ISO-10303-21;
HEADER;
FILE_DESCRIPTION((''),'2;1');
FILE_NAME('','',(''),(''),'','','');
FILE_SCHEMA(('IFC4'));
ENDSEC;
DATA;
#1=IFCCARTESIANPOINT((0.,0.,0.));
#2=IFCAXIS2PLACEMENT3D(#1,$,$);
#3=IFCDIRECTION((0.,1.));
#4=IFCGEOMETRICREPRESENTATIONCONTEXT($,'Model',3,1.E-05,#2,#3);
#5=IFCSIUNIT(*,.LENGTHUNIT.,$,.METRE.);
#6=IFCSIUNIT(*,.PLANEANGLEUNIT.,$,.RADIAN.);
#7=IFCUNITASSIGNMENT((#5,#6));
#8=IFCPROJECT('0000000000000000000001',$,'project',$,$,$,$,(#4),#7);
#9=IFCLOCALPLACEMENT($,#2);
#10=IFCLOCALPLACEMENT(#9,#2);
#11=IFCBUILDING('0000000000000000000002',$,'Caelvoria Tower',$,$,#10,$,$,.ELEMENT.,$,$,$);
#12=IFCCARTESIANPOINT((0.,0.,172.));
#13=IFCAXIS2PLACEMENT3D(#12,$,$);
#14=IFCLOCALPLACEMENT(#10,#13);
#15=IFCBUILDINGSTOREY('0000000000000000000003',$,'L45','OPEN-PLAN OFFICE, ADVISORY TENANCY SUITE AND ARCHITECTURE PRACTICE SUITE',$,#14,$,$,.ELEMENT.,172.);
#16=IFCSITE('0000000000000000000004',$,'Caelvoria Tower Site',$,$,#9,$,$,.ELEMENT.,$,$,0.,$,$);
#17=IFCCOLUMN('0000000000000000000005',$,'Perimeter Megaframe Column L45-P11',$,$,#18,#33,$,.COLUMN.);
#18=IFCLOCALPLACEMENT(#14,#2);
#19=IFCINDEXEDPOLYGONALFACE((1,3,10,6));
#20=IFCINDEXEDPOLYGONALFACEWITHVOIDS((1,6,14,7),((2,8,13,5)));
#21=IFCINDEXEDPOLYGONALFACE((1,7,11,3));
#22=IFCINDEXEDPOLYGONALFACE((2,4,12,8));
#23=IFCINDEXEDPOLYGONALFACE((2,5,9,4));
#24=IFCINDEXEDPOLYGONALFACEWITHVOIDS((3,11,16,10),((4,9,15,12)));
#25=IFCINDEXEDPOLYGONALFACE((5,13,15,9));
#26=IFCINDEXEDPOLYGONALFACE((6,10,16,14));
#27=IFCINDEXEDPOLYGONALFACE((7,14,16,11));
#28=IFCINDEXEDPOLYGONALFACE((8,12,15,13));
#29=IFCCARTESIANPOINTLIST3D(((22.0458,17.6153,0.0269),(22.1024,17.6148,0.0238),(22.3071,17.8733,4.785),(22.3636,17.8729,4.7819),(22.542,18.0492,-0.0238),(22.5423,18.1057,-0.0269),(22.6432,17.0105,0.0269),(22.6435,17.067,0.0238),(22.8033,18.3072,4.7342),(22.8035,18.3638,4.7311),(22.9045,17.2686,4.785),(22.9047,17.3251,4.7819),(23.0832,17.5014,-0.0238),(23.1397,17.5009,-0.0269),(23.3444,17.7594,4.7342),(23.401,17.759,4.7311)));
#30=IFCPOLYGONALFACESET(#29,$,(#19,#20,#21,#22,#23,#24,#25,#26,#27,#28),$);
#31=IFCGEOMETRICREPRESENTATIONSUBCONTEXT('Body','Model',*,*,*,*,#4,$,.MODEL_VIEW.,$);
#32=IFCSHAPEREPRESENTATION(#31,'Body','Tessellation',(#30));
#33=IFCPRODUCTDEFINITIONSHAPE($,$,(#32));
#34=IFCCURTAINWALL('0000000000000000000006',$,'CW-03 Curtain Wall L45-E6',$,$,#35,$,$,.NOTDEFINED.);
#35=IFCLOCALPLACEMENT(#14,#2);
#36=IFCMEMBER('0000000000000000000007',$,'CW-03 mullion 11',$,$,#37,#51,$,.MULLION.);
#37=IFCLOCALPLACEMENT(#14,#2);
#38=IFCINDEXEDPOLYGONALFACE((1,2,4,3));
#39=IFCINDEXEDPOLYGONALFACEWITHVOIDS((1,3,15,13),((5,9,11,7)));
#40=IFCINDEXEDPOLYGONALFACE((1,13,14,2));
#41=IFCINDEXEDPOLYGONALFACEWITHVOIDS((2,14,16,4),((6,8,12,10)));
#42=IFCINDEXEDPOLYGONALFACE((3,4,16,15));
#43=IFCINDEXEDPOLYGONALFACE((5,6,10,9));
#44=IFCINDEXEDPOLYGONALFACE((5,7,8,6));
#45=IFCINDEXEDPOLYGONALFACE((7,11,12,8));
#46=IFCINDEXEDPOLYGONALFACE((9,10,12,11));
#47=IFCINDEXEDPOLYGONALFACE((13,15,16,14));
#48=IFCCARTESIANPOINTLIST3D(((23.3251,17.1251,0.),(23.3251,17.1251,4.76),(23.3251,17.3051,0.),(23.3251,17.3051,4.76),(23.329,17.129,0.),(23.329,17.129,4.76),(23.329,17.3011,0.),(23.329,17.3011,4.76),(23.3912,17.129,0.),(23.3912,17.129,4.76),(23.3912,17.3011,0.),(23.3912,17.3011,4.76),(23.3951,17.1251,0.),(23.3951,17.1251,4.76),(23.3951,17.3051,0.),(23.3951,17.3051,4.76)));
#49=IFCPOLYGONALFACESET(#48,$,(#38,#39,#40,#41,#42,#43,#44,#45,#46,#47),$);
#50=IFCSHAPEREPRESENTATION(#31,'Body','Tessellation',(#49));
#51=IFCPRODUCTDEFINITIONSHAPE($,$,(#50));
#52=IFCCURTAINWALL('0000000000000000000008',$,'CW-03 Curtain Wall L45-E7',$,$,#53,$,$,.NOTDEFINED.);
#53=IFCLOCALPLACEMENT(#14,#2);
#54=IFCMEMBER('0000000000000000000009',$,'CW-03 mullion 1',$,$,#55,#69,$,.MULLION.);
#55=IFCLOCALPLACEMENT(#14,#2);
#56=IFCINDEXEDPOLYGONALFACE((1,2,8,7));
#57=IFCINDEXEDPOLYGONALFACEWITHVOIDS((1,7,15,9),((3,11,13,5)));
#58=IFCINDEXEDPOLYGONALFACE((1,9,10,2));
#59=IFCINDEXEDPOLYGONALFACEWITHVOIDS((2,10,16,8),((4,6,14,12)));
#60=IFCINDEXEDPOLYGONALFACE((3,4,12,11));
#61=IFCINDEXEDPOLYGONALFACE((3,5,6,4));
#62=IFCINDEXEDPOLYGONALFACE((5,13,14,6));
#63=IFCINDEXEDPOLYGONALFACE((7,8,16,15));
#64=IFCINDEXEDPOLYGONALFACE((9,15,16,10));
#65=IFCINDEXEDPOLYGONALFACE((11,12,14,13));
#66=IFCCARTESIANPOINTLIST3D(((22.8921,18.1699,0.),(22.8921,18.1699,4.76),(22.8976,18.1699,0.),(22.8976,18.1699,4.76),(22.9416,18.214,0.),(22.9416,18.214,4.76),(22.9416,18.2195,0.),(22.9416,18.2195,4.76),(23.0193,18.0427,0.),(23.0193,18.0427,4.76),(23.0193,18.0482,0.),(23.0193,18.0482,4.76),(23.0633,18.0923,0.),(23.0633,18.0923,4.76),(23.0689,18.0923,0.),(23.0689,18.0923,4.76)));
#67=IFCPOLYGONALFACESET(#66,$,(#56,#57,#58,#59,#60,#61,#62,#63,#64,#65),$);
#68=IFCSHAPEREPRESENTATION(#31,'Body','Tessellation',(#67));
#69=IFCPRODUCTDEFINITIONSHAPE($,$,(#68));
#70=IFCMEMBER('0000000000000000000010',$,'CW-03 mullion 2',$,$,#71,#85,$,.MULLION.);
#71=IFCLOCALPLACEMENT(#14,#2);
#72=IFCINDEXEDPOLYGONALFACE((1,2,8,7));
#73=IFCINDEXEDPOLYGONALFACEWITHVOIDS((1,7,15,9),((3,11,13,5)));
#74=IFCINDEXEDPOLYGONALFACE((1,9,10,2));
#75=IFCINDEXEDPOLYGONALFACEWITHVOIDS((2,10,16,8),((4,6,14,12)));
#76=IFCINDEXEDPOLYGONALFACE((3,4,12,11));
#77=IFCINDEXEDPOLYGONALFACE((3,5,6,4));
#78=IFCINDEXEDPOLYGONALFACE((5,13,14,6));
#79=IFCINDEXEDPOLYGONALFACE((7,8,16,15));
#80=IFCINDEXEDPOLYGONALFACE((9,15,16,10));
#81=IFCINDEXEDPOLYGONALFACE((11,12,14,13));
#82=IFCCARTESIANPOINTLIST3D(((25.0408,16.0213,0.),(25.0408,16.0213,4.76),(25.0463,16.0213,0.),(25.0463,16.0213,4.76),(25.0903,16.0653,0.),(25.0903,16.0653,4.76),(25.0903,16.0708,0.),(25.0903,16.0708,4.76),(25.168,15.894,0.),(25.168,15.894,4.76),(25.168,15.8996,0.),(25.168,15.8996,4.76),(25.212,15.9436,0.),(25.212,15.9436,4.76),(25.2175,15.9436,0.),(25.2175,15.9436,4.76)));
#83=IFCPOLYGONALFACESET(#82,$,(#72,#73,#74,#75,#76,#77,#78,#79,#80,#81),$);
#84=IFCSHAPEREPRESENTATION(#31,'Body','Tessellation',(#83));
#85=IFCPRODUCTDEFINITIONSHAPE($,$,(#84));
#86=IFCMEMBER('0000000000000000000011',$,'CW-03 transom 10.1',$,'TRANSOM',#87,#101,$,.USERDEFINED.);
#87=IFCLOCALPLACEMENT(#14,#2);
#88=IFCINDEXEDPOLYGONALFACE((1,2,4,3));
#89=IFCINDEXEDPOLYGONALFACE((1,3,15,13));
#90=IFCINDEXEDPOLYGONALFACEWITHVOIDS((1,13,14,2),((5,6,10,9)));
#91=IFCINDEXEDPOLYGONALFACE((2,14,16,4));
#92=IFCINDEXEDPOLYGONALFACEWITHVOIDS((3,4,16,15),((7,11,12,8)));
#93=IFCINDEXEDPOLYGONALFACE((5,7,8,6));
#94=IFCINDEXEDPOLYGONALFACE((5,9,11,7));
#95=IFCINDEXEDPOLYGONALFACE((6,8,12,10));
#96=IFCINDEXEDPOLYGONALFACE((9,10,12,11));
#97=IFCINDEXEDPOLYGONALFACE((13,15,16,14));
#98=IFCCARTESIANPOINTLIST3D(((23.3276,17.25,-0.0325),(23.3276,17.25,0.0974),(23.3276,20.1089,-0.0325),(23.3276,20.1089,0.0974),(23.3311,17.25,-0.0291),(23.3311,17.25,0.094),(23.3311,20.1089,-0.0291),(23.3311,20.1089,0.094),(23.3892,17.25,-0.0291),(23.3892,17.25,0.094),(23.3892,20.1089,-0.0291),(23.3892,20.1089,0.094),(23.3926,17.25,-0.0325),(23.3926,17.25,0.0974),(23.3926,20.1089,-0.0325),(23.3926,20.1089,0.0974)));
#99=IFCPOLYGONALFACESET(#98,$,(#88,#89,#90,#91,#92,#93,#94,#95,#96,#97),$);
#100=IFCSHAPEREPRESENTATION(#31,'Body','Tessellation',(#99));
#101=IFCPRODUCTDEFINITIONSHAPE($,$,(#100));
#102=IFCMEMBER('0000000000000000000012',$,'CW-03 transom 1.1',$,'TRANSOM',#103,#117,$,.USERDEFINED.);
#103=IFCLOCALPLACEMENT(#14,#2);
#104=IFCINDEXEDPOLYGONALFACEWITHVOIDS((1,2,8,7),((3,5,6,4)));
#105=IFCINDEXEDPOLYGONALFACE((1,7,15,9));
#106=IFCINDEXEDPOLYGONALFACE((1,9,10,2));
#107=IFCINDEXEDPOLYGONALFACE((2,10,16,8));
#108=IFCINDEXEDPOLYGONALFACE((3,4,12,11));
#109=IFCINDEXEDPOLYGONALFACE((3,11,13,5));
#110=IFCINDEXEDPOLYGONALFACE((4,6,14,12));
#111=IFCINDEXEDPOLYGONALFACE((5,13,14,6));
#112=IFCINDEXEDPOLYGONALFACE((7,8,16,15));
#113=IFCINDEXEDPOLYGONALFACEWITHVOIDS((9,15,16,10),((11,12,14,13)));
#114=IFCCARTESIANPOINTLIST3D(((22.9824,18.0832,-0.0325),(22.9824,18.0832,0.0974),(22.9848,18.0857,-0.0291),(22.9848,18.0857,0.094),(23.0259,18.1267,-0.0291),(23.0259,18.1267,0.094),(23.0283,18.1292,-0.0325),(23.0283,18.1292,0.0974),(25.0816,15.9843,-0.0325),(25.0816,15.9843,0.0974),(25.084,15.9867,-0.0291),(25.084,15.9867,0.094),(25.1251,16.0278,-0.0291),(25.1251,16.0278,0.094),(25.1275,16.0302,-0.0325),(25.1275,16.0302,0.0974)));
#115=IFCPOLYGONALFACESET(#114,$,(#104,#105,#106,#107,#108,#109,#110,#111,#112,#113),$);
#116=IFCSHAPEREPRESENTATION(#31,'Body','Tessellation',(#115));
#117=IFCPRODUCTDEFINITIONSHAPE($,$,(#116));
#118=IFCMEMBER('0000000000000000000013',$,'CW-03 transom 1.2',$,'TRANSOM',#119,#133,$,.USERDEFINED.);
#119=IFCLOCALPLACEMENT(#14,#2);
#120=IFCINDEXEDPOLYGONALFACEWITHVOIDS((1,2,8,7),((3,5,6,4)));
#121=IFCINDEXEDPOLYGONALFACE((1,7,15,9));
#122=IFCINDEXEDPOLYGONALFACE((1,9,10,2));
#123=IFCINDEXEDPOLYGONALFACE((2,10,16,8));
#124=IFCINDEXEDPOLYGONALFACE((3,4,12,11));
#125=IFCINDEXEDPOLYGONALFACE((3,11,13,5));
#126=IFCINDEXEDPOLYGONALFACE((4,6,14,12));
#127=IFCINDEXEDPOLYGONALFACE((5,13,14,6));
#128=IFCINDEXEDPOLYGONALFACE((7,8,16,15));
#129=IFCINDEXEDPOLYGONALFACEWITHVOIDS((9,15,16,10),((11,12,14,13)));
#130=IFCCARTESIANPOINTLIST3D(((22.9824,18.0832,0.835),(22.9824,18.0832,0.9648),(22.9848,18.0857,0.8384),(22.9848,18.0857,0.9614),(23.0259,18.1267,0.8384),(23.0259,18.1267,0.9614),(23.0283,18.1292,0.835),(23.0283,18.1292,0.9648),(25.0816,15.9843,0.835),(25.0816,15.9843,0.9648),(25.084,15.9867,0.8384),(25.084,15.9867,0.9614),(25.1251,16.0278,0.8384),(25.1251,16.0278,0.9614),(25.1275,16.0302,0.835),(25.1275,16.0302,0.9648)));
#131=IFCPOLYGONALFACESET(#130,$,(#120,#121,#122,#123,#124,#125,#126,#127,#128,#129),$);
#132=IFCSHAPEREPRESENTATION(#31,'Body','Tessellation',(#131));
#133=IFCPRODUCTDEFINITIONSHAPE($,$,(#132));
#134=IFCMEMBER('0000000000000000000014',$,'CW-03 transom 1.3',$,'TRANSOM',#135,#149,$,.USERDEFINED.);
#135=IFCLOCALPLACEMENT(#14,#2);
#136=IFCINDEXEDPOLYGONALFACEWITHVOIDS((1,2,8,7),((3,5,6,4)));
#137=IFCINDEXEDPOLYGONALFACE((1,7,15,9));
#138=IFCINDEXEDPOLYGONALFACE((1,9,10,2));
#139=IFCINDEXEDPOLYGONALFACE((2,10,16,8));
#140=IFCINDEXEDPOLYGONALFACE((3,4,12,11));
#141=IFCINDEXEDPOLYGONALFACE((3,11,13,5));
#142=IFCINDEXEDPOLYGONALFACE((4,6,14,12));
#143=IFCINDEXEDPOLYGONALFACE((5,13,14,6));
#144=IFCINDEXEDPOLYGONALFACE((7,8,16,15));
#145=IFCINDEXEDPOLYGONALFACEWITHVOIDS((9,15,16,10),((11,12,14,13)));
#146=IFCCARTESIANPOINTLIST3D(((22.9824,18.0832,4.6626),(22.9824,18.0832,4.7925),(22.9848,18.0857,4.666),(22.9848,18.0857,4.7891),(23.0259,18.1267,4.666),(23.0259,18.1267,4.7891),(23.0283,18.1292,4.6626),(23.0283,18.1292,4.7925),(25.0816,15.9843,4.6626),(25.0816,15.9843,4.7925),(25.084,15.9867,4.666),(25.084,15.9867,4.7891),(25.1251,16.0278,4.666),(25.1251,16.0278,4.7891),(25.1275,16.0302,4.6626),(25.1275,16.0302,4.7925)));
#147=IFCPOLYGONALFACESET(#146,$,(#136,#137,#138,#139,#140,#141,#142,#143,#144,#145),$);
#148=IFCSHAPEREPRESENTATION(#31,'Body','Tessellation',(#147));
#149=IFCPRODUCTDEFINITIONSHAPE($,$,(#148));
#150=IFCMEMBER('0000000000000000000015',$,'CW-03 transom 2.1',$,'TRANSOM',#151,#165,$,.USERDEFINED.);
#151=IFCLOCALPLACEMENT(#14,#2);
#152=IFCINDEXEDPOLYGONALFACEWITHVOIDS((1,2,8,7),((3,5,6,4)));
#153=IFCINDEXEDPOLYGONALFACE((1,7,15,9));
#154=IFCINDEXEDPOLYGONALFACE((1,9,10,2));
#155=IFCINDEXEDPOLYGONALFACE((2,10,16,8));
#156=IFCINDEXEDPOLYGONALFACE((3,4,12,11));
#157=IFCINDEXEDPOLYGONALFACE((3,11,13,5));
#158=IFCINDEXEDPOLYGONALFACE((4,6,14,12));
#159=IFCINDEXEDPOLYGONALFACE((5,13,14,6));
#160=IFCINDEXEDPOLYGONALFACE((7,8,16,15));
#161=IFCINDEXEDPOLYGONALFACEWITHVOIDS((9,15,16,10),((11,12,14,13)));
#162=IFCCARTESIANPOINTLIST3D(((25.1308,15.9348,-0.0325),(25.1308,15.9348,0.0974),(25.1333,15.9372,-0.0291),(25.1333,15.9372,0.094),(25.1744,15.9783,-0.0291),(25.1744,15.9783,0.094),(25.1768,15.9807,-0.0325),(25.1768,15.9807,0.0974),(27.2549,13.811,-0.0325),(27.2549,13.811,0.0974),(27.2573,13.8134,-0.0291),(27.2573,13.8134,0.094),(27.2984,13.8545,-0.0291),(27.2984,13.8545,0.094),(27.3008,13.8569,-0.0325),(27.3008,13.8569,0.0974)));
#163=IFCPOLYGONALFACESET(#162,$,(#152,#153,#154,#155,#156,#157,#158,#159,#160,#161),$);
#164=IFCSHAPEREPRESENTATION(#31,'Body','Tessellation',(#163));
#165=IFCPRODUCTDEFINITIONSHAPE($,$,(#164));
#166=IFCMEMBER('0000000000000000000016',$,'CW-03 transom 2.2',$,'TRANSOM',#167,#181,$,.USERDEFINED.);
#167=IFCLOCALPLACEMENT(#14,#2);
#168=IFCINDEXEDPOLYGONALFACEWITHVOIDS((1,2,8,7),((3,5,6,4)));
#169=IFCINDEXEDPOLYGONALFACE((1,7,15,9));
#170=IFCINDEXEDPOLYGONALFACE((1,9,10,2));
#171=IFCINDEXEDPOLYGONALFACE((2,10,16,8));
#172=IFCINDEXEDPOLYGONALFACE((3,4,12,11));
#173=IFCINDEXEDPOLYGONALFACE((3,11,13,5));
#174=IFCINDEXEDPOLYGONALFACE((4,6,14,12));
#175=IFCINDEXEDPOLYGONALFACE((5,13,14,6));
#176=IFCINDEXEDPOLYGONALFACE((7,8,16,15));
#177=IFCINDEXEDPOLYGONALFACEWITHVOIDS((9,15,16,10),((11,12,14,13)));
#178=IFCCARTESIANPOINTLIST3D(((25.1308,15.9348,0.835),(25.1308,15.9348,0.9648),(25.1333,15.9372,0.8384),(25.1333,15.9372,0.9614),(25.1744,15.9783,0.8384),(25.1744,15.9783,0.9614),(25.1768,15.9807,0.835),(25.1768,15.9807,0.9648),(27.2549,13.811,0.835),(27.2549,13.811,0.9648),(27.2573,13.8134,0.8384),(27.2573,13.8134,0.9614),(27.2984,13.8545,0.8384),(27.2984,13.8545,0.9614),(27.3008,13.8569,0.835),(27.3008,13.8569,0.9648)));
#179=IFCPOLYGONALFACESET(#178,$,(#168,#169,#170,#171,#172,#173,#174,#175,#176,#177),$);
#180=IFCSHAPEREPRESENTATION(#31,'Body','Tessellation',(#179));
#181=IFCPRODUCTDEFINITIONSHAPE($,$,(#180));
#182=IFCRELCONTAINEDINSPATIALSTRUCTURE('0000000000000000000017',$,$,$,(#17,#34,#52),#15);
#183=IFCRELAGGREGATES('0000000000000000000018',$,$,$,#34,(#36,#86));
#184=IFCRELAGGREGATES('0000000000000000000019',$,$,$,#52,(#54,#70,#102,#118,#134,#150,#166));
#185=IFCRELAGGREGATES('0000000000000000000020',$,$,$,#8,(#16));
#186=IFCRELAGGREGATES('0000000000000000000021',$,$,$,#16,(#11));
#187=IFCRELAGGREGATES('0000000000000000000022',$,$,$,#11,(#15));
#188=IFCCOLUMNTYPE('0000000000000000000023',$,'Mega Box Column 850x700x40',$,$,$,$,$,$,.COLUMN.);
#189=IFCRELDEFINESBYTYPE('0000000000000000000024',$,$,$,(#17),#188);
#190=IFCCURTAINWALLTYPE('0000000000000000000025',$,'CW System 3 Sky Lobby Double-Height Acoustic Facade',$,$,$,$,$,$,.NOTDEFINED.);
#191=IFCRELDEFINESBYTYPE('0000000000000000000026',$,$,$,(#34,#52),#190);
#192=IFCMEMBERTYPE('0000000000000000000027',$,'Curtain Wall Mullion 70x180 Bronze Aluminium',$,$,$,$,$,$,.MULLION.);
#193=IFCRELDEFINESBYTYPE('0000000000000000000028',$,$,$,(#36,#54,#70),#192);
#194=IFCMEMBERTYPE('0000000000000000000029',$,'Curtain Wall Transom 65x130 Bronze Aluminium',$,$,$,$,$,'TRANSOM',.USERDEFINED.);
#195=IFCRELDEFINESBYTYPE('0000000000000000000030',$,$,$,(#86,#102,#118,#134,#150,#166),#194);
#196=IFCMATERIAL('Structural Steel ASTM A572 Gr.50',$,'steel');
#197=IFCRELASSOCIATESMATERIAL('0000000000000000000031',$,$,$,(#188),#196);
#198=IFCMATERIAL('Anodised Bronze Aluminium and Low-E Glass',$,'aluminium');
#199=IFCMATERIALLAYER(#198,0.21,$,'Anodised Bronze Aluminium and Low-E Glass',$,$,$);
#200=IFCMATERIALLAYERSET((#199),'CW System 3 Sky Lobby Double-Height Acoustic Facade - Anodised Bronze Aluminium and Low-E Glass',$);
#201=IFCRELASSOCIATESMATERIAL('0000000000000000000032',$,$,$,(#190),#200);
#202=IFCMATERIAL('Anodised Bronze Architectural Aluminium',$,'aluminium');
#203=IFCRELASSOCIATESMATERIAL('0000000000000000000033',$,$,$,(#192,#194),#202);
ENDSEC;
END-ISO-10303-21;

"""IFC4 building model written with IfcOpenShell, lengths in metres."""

from ifc_helpers import new_model, si_unit, direction, frame, origin, origin_2d, place, context, subcontext, project, spatial, hollow_rectangle, extrude, material, layer, layer_set, material_profile, profile_set, type_object, element, aggregate, save


model = new_model("IFC4")

# Units and contexts
model_context = context("Model", 3, precision=1e-05, world=origin(), true_north=direction((0.0, 1.0)))
body_context = subcontext(model_context, "Body", "Model", "MODEL_VIEW")
ifc_project = project(units=[si_unit("LENGTHUNIT", "METRE"), si_unit("PLANEANGLEUNIT", "RADIAN")], contexts=[model_context])

# Site, building, storey
site_placement = place(None, origin())
site = spatial("IfcSite", under=ifc_project, at=site_placement, Name="Caelvoria Tower Site", CompositionType="ELEMENT", RefElevation=0.0)
building_placement = place(site_placement, origin())
building = spatial("IfcBuilding", under=site, at=building_placement, Name="Caelvoria Tower", CompositionType="ELEMENT")
storey_placement = place(building_placement, frame((0.0, 0.0, 172.0)))
storey = spatial("IfcBuildingStorey", under=building, at=storey_placement, Name="L45", Description="OPEN-PLAN OFFICE, ADVISORY TENANCY SUITE AND ARCHITECTURE PRACTICE SUITE", CompositionType="ELEMENT", Elevation=172.0)

# Column
ifc_material_1 = material(Name="Structural Steel ASTM A572 Gr.50", Category="steel")
ifc_material_profile_1 = material_profile(ifc_material_1, hollow_rectangle(XDim=0.7, YDim=0.8501, WallThickness=0.04, at=origin_2d()), Name="Structural Steel ASTM A572 Gr.50")
ifc_profile_set_1 = profile_set([ifc_material_profile_1], Name="BOX850X700X40 - Structural Steel ASTM A572 Gr.50")
column_type = type_object("IfcColumnType", Name="Mega Box Column 850x700x40", PredefinedType="COLUMN", material=ifc_profile_set_1)
column_placement = place(storey_placement, frame((22.5928, 17.5581, 0.0), z_axis=(0.05474, 0.054075, 0.997035), x_axis=(-0.709306, -0.700688, 0.076945)))
element("IfcColumn", 1, at=column_placement, inside=storey, type_object=column_type, Name="Perimeter Megaframe Column L45-P11", PredefinedType="COLUMN", context=body_context, shape_type="SweptSolid", body=[
    extrude(hollow_rectangle(XDim=0.7, YDim=0.8501, WallThickness=0.04, at=origin_2d()), origin(), (0.0, 0.0, 1.0), 4.7722),
])

# Curtain wall, member
ifc_material_2 = material(Name="Anodised Bronze Aluminium and Low-E Glass", Category="aluminium")
ifc_layer_1 = layer(ifc_material_2, 0.21, Name="Anodised Bronze Aluminium and Low-E Glass")
ifc_layer_set_1 = layer_set([ifc_layer_1], Name="CW System 3 Sky Lobby Double-Height Acoustic Facade - Anodised Bronze Aluminium and Low-E Glass")
curtain_wall_type = type_object("IfcCurtainWallType", Name="CW System 3 Sky Lobby Double-Height Acoustic Facade", PredefinedType="NOTDEFINED", material=ifc_layer_set_1)
curtain_wall_1_placement = place(storey_placement, origin())
curtain_wall_1 = element("IfcCurtainWall", 2, at=curtain_wall_1_placement, inside=storey, type_object=curtain_wall_type, Name="CW-03 Curtain Wall L45-E6", PredefinedType="NOTDEFINED")
ifc_material_3 = material(Name="Anodised Bronze Architectural Aluminium", Category="aluminium")
ifc_material_profile_2 = material_profile(ifc_material_3, hollow_rectangle(XDim=0.0701, YDim=0.1799, WallThickness=0.0039, at=origin_2d()), Name="Anodised Bronze Architectural Aluminium")
ifc_profile_set_2 = profile_set([ifc_material_profile_2], Name="CW_MULL_70X180 - Anodised Bronze Architectural Aluminium")
member_type_1 = type_object("IfcMemberType", Name="Curtain Wall Mullion 70x180 Bronze Aluminium", PredefinedType="MULLION", material=ifc_profile_set_2)
member_1_placement = place(storey_placement, frame((23.3601, 17.2151, 0.0), z_axis=(0.0, 0.0, 1.0), x_axis=(1.0, 0.0, 0.0)))
member_1 = element("IfcMember", 3, at=member_1_placement, type_object=member_type_1, Name="CW-03 mullion 11", PredefinedType="MULLION", context=body_context, shape_type="SweptSolid", body=[
    extrude(hollow_rectangle(XDim=0.0701, YDim=0.1799, WallThickness=0.0039, at=origin_2d()), origin(), (0.0, 0.0, 1.0), 4.76),
])

# Curtain wall, members
curtain_wall_2_placement = place(storey_placement, origin())
curtain_wall_2 = element("IfcCurtainWall", 4, at=curtain_wall_2_placement, inside=storey, type_object=curtain_wall_type, Name="CW-03 Curtain Wall L45-E7", PredefinedType="NOTDEFINED")
member_2_placement = place(storey_placement, frame((22.9805, 18.1311, 0.0), z_axis=(0.0, 0.0, 1.0), x_axis=(0.707107, 0.707107, 0.0)))
member_2 = element("IfcMember", 5, at=member_2_placement, type_object=member_type_1, Name="CW-03 mullion 1", PredefinedType="MULLION", context=body_context, shape_type="SweptSolid", body=[
    extrude(hollow_rectangle(XDim=0.0701, YDim=0.1799, WallThickness=0.0039, at=origin_2d()), origin(), (0.0, 0.0, 1.0), 4.76),
])
member_3_placement = place(storey_placement, frame((25.1292, 15.9824, 0.0), z_axis=(0.0, 0.0, 1.0), x_axis=(0.707107, 0.707107, 0.0)))
member_3 = element("IfcMember", 6, at=member_3_placement, type_object=member_type_1, Name="CW-03 mullion 2", PredefinedType="MULLION", context=body_context, shape_type="SweptSolid", body=[
    extrude(hollow_rectangle(XDim=0.0701, YDim=0.1799, WallThickness=0.0039, at=origin_2d()), origin(), (0.0, 0.0, 1.0), 4.76),
])

# Members
ifc_material_profile_3 = material_profile(ifc_material_3, hollow_rectangle(XDim=0.0649, YDim=0.1299, WallThickness=0.0034, at=origin_2d()), Name="Anodised Bronze Architectural Aluminium")
ifc_profile_set_3 = profile_set([ifc_material_profile_3], Name="CW_TRAN_65X130 - Anodised Bronze Architectural Aluminium")
member_type_2 = type_object("IfcMemberType", Name="Curtain Wall Transom 65x130 Bronze Aluminium", ElementType="TRANSOM", PredefinedType="USERDEFINED", material=ifc_profile_set_3)
member_4_placement = place(storey_placement, frame((23.3601, 20.1089, 0.0325), z_axis=(0.0, -1.0, 0.0), x_axis=(1.0, 0.0, 0.0)))
member_4 = element("IfcMember", 7, at=member_4_placement, type_object=member_type_2, Name="CW-03 transom 10.1", ObjectType="TRANSOM", PredefinedType="USERDEFINED", context=body_context, shape_type="SweptSolid", body=[
    extrude(hollow_rectangle(XDim=0.0649, YDim=0.1299, WallThickness=0.0034, at=origin_2d()), origin(), (0.0, 0.0, 1.0), 2.8589),
])
member_5_placement = place(storey_placement, frame((23.0054, 18.1062, 0.0325), z_axis=(0.707148, -0.707066, 0.0), x_axis=(0.707066, 0.707148, 0.0)))
member_5 = element("IfcMember", 8, at=member_5_placement, type_object=member_type_2, Name="CW-03 transom 1.1", ObjectType="TRANSOM", PredefinedType="USERDEFINED", context=body_context, shape_type="SweptSolid", body=[
    extrude(hollow_rectangle(XDim=0.0649, YDim=0.1299, WallThickness=0.0034, at=origin_2d()), origin(), (0.0, 0.0, 1.0), 2.9685),
])
member_6_placement = place(storey_placement, frame((23.0054, 18.1062, 0.8999), z_axis=(0.707148, -0.707066, 0.0), x_axis=(0.707066, 0.707148, 0.0)))
member_6 = element("IfcMember", 9, at=member_6_placement, type_object=member_type_2, Name="CW-03 transom 1.2", ObjectType="TRANSOM", PredefinedType="USERDEFINED", context=body_context, shape_type="SweptSolid", body=[
    extrude(hollow_rectangle(XDim=0.0649, YDim=0.1299, WallThickness=0.0034, at=origin_2d()), origin(), (0.0, 0.0, 1.0), 2.9685),
])
member_7_placement = place(storey_placement, frame((23.0054, 18.1062, 4.7275), z_axis=(0.707148, -0.707066, 0.0), x_axis=(0.707066, 0.707148, 0.0)))
member_7 = element("IfcMember", 10, at=member_7_placement, type_object=member_type_2, Name="CW-03 transom 1.3", ObjectType="TRANSOM", PredefinedType="USERDEFINED", context=body_context, shape_type="SweptSolid", body=[
    extrude(hollow_rectangle(XDim=0.0649, YDim=0.1299, WallThickness=0.0034, at=origin_2d()), origin(), (0.0, 0.0, 1.0), 2.9685),
])
member_8_placement = place(storey_placement, frame((25.1538, 15.9578, 0.0325), z_axis=(0.707147, -0.707066, 0.0), x_axis=(0.707066, 0.707147, 0.0)))
member_8 = element("IfcMember", 11, at=member_8_placement, type_object=member_type_2, Name="CW-03 transom 2.1", ObjectType="TRANSOM", PredefinedType="USERDEFINED", context=body_context, shape_type="SweptSolid", body=[
    extrude(hollow_rectangle(XDim=0.0649, YDim=0.1299, WallThickness=0.0034, at=origin_2d()), origin(), (0.0, 0.0, 1.0), 3.0037),
])
member_9_placement = place(storey_placement, frame((25.1538, 15.9578, 0.8999), z_axis=(0.707147, -0.707066, 0.0), x_axis=(0.707066, 0.707147, 0.0)))
member_9 = element("IfcMember", 12, at=member_9_placement, type_object=member_type_2, Name="CW-03 transom 2.2", ObjectType="TRANSOM", PredefinedType="USERDEFINED", context=body_context, shape_type="SweptSolid", body=[
    extrude(hollow_rectangle(XDim=0.0649, YDim=0.1299, WallThickness=0.0034, at=origin_2d()), origin(), (0.0, 0.0, 1.0), 3.0037),
])

aggregate(curtain_wall_1, [member_1, member_4])
aggregate(curtain_wall_2, [member_2, member_3, member_5, member_6, member_7, member_8, member_9])

save(model, "model.ifc")
